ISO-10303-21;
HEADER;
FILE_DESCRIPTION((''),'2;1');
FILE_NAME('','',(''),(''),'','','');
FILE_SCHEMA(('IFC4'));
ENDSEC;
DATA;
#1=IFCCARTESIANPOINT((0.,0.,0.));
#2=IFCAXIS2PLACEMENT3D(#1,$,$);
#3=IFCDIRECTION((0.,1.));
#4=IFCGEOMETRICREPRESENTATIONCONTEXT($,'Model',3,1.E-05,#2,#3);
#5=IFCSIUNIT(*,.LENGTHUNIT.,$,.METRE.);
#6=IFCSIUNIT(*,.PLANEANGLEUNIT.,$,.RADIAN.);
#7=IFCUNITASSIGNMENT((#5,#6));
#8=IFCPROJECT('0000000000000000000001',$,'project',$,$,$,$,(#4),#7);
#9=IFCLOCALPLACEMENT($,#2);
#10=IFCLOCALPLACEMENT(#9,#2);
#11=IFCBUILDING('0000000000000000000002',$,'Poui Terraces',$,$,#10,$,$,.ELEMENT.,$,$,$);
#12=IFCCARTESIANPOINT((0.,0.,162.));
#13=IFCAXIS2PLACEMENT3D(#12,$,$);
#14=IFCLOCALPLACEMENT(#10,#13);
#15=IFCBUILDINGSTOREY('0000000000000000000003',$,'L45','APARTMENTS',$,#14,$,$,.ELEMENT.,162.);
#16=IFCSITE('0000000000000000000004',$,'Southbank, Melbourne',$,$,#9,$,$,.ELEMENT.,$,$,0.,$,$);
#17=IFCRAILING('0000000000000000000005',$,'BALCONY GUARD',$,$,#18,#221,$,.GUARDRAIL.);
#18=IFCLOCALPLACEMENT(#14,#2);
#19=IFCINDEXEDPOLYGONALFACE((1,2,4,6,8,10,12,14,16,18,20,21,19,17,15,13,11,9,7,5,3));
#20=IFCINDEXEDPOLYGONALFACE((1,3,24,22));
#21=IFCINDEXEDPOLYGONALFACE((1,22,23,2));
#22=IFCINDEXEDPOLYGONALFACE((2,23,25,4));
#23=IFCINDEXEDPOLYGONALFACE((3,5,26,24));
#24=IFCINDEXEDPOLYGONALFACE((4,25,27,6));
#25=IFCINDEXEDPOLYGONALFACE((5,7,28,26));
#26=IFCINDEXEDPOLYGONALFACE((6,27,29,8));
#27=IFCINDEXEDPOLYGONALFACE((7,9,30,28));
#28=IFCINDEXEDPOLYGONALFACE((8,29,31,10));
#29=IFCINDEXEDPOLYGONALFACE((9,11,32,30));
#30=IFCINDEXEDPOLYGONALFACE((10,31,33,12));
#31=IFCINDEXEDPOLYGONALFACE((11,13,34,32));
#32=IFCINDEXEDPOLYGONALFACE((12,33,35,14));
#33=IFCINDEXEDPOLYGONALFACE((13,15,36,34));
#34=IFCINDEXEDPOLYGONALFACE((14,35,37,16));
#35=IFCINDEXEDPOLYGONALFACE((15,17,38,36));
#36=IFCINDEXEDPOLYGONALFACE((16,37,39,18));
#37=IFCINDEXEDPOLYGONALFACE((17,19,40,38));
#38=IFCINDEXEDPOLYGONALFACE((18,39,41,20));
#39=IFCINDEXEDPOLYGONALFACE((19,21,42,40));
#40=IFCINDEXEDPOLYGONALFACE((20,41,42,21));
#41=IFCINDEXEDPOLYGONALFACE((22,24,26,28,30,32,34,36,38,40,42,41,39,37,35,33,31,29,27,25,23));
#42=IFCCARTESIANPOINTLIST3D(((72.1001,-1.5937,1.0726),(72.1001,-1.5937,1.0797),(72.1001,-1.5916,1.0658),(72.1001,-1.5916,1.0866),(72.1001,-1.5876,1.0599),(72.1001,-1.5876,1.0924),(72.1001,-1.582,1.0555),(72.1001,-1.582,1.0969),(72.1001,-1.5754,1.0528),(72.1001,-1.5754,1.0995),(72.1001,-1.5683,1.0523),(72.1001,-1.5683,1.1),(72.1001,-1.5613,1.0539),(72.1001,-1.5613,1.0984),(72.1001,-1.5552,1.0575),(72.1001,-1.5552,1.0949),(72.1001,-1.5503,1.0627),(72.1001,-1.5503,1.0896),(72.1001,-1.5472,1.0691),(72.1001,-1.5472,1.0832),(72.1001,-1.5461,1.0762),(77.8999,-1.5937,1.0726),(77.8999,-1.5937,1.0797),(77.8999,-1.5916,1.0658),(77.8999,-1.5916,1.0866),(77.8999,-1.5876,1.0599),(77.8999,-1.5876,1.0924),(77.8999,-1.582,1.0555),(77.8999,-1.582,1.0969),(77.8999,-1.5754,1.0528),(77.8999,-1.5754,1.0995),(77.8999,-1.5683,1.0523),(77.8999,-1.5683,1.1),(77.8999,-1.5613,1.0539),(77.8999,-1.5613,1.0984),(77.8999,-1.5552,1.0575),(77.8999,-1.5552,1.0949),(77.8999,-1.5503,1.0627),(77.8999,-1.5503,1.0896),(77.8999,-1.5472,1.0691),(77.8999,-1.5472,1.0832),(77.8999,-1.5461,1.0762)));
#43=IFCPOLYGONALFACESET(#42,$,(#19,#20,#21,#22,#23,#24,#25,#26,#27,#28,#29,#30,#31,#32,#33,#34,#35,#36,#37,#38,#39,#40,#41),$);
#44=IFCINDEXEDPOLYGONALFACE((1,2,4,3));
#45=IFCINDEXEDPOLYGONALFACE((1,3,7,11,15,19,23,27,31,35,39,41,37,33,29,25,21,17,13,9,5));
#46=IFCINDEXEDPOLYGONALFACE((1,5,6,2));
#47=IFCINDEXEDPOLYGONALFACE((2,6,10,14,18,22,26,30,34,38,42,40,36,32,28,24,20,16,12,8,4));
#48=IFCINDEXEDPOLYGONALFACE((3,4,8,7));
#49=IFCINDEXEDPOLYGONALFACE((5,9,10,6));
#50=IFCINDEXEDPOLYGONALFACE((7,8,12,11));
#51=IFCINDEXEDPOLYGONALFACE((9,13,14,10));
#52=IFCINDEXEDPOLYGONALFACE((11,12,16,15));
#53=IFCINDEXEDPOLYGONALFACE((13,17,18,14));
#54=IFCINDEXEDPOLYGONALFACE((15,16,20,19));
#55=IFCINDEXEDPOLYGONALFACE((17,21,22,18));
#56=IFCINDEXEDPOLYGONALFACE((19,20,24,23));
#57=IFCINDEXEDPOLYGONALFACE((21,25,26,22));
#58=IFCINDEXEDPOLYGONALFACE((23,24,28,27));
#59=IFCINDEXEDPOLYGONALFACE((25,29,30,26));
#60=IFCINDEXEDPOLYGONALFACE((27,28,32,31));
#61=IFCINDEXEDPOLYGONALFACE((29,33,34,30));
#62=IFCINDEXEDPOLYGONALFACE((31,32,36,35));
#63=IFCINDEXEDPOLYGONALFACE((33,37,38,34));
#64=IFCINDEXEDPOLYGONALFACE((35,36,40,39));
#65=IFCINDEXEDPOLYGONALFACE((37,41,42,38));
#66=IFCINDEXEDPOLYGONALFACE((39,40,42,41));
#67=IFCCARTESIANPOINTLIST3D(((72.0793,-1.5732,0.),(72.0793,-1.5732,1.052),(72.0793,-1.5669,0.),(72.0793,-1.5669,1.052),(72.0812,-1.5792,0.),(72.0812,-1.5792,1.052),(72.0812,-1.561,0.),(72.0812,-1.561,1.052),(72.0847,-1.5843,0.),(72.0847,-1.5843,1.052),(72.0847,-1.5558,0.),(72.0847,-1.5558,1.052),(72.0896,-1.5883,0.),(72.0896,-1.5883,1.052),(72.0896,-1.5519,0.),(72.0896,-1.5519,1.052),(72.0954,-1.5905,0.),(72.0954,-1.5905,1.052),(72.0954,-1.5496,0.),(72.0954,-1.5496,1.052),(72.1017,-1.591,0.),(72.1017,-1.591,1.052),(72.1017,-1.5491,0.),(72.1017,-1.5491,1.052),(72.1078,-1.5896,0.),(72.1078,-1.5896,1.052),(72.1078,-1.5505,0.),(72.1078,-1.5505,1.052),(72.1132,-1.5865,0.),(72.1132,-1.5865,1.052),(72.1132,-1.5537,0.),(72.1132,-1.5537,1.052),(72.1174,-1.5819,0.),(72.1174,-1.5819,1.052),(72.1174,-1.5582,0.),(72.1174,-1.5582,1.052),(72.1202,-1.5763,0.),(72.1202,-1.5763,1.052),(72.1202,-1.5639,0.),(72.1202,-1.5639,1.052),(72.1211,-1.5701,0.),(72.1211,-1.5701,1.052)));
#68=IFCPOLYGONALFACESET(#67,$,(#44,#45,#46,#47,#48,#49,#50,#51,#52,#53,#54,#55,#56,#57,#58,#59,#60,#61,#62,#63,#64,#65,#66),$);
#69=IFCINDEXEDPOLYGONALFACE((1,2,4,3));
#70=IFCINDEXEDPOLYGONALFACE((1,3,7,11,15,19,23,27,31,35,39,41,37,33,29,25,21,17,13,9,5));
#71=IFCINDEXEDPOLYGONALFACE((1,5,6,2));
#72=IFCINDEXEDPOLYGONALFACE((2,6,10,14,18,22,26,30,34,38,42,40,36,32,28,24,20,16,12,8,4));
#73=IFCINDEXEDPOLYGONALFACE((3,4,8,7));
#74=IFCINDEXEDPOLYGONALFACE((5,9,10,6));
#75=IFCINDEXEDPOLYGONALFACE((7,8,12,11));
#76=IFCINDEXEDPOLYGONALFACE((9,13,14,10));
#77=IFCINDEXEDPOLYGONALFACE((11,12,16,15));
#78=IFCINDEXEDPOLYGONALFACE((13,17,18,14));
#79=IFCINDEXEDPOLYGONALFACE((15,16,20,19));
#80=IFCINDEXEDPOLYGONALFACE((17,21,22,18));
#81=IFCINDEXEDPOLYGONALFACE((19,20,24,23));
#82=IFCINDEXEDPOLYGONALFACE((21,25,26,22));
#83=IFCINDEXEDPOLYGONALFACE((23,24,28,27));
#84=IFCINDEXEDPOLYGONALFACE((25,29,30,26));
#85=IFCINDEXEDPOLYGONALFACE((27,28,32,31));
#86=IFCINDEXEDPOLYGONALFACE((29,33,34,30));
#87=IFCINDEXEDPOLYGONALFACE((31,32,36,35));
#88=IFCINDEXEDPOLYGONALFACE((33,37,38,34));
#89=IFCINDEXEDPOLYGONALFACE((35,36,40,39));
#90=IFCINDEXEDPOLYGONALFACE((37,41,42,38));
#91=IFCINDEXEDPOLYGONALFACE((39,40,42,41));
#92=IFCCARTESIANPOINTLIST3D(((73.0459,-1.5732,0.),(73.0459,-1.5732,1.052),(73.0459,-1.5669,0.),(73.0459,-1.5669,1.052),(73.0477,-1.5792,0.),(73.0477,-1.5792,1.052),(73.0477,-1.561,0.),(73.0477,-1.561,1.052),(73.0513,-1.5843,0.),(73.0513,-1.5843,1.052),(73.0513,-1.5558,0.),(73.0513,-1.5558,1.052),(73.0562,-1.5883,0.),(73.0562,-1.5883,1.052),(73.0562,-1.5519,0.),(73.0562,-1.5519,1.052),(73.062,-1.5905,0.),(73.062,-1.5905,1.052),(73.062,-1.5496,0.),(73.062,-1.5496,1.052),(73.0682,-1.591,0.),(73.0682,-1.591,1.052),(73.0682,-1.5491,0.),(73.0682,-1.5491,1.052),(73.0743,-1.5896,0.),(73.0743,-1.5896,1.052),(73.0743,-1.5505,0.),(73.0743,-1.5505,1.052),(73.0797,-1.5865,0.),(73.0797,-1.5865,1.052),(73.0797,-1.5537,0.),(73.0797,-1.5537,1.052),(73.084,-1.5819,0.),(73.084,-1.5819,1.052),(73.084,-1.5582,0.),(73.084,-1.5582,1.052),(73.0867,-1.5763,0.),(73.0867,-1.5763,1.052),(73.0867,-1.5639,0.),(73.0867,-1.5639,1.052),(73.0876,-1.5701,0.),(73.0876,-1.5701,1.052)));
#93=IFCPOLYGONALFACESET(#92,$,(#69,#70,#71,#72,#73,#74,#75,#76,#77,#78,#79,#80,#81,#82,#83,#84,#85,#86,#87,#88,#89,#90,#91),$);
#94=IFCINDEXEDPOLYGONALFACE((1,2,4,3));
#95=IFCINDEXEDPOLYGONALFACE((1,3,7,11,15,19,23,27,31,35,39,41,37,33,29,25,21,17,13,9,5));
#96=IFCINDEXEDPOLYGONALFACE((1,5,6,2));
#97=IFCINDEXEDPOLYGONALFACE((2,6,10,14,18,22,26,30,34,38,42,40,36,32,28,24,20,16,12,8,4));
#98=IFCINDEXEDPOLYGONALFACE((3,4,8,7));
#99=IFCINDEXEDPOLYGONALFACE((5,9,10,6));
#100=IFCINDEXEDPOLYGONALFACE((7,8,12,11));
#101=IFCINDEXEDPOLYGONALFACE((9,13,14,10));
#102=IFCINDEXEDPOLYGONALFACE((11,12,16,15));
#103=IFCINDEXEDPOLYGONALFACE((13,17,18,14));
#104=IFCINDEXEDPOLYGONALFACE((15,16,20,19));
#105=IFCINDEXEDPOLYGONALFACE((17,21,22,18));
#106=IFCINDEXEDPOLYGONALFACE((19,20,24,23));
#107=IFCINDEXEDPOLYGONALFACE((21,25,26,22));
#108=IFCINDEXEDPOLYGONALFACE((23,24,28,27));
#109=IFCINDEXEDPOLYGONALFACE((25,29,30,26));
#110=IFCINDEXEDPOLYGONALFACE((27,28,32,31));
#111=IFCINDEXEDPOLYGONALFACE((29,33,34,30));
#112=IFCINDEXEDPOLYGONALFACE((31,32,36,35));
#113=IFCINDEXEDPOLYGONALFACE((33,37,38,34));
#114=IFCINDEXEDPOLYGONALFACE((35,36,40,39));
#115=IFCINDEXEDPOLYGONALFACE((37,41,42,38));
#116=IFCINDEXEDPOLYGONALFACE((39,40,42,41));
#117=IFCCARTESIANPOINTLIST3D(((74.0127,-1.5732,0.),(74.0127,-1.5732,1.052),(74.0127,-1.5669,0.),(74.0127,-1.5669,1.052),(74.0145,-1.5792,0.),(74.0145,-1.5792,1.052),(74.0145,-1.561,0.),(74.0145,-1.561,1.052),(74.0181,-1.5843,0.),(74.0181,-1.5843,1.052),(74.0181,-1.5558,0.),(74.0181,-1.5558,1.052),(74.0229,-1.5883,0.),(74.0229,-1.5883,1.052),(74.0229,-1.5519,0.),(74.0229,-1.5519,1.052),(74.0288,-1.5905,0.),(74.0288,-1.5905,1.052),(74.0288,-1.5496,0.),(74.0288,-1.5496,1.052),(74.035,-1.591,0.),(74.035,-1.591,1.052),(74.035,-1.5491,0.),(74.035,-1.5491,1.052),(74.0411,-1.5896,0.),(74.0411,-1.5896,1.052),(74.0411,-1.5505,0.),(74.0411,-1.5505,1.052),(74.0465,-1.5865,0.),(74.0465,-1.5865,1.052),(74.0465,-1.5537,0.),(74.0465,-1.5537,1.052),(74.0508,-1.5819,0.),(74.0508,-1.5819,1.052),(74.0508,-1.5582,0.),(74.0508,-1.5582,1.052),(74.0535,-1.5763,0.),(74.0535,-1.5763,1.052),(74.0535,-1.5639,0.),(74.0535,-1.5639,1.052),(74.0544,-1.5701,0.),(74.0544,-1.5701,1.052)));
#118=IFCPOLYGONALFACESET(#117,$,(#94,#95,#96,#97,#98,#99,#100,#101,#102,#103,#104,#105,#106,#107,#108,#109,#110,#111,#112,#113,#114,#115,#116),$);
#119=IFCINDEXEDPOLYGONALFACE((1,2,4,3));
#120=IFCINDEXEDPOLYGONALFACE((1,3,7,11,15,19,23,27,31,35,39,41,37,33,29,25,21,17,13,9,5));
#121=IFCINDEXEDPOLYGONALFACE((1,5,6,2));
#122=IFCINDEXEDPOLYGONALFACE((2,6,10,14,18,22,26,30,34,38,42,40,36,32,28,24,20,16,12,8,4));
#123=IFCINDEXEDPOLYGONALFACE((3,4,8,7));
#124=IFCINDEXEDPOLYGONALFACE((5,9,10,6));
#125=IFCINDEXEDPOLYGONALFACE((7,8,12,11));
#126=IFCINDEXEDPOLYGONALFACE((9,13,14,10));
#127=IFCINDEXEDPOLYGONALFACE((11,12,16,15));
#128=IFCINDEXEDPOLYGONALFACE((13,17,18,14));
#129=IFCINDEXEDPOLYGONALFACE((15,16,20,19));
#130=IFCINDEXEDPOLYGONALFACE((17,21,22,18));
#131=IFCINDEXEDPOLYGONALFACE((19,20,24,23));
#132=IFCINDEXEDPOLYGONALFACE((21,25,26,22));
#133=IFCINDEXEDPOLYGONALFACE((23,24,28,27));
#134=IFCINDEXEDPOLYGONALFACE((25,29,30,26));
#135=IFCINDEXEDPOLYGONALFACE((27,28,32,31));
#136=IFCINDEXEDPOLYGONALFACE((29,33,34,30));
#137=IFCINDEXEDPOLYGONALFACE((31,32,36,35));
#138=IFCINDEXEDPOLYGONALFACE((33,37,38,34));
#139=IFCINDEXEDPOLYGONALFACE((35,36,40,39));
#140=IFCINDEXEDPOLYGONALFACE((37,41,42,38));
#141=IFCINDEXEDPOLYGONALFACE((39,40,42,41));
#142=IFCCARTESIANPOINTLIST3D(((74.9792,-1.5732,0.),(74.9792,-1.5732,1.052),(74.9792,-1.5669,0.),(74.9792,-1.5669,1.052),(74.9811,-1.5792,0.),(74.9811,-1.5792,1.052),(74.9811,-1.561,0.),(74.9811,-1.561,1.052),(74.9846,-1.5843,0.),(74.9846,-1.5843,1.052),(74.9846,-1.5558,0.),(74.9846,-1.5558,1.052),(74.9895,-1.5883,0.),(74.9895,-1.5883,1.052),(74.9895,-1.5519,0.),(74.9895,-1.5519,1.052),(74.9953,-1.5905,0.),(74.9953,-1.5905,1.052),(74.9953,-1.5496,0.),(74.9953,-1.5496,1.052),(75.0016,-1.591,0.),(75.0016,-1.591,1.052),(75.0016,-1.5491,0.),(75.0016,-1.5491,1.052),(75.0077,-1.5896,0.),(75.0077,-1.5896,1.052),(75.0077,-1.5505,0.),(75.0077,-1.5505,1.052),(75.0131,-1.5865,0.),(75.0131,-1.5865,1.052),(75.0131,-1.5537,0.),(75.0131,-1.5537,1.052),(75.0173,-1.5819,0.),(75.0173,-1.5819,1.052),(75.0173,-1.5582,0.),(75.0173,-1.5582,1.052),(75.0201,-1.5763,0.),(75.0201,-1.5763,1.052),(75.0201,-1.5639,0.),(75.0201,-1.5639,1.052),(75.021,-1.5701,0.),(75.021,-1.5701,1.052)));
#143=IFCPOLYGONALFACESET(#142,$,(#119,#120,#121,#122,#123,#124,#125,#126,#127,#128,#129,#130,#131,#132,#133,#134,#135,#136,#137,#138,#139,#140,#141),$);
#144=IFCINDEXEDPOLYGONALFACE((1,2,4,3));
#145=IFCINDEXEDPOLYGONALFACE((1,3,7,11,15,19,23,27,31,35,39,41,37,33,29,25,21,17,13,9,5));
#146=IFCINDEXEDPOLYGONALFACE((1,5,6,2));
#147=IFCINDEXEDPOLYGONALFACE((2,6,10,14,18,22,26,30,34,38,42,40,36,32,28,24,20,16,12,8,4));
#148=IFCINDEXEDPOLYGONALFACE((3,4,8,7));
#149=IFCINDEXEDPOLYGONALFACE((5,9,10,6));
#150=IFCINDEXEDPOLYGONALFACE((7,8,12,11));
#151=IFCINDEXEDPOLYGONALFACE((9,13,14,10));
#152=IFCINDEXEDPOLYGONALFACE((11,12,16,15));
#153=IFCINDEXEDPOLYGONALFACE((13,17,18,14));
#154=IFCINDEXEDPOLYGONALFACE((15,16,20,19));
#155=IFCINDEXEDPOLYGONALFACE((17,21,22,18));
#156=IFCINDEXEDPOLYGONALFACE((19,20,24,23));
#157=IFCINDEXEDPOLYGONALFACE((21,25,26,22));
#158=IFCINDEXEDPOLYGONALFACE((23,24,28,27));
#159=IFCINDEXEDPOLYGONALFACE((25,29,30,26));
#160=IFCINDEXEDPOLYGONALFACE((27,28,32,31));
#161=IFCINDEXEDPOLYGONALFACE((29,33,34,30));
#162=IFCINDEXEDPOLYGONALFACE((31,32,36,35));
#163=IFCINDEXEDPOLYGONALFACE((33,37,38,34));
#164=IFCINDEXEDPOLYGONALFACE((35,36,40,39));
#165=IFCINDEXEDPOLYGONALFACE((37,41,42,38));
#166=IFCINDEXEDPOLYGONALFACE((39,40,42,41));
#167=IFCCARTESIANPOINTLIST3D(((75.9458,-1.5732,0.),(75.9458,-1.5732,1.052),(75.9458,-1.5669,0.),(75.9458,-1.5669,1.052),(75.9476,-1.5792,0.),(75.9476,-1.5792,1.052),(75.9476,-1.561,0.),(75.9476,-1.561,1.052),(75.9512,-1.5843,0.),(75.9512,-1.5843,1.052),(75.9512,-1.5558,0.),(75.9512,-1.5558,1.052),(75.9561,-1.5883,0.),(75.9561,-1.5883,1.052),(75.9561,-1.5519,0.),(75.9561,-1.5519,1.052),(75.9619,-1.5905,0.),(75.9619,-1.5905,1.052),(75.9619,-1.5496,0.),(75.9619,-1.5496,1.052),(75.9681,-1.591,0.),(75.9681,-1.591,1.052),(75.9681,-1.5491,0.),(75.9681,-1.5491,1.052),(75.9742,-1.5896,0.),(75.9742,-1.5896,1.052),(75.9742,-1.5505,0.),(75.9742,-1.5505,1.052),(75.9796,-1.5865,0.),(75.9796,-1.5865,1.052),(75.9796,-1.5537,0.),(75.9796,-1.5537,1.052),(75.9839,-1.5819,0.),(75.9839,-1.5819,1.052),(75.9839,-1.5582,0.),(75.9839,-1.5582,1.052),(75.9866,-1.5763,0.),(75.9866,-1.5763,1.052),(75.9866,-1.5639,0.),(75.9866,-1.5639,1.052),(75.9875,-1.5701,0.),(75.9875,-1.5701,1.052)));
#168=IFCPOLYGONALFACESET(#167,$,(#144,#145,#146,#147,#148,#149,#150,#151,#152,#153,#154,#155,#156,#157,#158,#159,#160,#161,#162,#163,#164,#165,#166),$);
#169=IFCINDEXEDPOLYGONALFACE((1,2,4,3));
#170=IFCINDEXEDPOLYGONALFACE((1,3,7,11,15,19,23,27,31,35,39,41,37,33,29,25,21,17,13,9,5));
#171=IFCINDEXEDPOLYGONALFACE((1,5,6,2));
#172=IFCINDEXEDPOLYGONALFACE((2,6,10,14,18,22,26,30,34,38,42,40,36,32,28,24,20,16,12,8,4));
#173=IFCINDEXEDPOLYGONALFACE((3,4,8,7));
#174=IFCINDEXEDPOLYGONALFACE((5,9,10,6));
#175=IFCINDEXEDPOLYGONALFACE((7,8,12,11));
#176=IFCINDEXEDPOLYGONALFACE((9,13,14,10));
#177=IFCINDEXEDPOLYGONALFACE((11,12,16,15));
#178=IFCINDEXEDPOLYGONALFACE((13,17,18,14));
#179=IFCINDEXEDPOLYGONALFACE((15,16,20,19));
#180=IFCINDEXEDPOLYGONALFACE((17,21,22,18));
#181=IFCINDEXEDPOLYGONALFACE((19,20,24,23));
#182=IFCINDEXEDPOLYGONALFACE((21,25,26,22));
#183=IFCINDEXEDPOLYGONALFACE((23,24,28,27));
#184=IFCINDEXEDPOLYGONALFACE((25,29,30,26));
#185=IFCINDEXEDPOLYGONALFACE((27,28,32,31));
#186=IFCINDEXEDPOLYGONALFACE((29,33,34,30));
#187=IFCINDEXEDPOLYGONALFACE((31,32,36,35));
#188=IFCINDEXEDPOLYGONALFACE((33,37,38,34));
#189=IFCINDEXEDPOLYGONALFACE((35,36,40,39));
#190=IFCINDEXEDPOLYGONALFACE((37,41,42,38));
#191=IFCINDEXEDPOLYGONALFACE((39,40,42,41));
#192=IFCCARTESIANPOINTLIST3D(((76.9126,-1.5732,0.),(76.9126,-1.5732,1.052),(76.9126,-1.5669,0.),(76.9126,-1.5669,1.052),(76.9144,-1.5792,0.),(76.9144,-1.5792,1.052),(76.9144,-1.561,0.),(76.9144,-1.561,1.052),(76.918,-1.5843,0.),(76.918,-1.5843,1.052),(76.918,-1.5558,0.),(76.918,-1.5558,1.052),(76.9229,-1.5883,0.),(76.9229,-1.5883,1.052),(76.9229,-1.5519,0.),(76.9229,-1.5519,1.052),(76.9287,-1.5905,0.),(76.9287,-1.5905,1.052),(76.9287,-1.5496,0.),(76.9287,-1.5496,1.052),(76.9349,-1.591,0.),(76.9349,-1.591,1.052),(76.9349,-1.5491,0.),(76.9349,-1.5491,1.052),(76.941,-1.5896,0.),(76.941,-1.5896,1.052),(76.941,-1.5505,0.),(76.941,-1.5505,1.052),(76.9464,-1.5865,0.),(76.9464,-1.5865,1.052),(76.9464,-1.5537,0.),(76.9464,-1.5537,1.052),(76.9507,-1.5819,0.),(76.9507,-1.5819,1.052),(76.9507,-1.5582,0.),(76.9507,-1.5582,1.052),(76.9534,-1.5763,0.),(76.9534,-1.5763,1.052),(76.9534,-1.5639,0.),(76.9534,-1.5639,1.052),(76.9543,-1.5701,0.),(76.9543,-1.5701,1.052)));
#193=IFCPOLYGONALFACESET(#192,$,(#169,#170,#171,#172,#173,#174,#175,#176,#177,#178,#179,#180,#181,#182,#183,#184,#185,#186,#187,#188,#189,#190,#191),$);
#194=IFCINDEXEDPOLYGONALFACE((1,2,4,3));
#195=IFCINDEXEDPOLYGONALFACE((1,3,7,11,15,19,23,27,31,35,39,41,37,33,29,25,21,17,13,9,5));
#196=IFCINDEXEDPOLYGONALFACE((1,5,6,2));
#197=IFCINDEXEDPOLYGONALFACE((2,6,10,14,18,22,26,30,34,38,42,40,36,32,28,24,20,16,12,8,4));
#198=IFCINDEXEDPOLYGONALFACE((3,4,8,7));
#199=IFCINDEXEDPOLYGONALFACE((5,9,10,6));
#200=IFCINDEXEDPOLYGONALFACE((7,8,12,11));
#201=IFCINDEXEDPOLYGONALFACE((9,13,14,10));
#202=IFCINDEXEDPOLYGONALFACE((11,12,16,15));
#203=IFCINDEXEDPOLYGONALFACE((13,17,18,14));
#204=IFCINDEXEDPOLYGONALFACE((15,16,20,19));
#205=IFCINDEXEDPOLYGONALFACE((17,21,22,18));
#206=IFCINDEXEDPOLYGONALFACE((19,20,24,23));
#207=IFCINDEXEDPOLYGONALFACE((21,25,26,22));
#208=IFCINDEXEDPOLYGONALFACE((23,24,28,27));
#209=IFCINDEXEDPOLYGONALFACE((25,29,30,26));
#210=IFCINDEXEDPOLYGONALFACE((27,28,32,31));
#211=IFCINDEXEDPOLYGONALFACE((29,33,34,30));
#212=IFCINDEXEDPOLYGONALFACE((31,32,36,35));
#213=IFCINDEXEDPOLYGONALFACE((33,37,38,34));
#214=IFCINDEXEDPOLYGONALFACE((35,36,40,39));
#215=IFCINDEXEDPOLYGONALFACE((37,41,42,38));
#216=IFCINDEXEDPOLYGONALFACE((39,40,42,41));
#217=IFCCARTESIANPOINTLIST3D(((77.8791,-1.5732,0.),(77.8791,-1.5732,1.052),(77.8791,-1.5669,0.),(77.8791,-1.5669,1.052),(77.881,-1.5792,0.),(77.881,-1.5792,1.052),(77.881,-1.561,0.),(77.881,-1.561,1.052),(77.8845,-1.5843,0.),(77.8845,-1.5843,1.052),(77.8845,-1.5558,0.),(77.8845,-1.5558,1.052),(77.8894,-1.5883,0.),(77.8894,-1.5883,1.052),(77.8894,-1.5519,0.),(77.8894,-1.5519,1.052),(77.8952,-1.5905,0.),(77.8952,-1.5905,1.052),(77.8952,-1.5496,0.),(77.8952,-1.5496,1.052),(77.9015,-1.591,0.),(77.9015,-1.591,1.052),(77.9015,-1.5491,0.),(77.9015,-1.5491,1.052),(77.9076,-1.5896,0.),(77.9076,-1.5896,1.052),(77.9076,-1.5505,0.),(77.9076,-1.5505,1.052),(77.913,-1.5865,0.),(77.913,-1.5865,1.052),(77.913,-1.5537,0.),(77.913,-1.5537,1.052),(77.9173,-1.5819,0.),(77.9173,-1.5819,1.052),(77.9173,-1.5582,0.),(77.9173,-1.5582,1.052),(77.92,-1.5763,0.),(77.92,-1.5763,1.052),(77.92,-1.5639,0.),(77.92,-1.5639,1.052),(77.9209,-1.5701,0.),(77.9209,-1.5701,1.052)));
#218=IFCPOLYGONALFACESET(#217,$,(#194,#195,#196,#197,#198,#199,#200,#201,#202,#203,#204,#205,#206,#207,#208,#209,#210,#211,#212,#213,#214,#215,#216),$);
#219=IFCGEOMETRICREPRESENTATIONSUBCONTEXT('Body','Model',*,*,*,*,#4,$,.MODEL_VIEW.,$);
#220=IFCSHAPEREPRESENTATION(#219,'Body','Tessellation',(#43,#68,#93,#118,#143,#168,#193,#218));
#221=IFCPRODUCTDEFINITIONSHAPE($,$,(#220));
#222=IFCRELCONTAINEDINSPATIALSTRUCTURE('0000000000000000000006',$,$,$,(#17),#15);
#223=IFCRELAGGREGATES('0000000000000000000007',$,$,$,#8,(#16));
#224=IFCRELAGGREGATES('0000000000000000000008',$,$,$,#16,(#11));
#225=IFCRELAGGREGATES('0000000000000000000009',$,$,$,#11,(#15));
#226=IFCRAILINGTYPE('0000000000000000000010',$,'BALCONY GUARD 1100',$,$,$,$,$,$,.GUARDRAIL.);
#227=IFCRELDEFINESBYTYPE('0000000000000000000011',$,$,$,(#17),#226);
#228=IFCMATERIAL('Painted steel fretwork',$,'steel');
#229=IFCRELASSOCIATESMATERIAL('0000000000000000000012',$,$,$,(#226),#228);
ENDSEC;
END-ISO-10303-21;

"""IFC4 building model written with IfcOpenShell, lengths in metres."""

from ifc_helpers import new_model, si_unit, direction, frame, origin, origin_2d, place, context, subcontext, project, spatial, circle, extrude, material, type_object, element, save


model = new_model("IFC4")

# Units and contexts
model_context = context("Model", 3, precision=1e-05, world=origin(), true_north=direction((0.0, 1.0)))
body_context = subcontext(model_context, "Body", "Model", "MODEL_VIEW")
ifc_project = project(units=[si_unit("LENGTHUNIT", "METRE"), si_unit("PLANEANGLEUNIT", "RADIAN")], contexts=[model_context])

# Site, building, storey
site_placement = place(None, origin())
site = spatial("IfcSite", under=ifc_project, at=site_placement, Name="Southbank, Melbourne", CompositionType="ELEMENT", RefElevation=0.0)
building_placement = place(site_placement, origin())
building = spatial("IfcBuilding", under=site, at=building_placement, Name="Poui Terraces", CompositionType="ELEMENT")
storey_placement = place(building_placement, frame((0.0, 0.0, 162.0)))
storey = spatial("IfcBuildingStorey", under=building, at=storey_placement, Name="L45", Description="APARTMENTS", CompositionType="ELEMENT", Elevation=162.0)

# Railing
ifc_material_1 = material(Name="Painted steel fretwork", Category="steel")
railing_type = type_object("IfcRailingType", Name="BALCONY GUARD 1100", PredefinedType="GUARDRAIL", material=ifc_material_1)
railing_placement = place(storey_placement, frame((72.1001, -1.5701, 0.0)))
element("IfcRailing", 1, at=railing_placement, inside=storey, type_object=railing_type, Name="BALCONY GUARD", PredefinedType="GUARDRAIL", context=body_context, shape_type="SweptSolid", body=[
    extrude(circle(Radius=0.0239, at=origin_2d()), frame((0.0, 0.0, 1.0762), z_axis=(1.0, 0.0, 0.0), x_axis=(0.0, 1.0, 0.0)), (0.0, 0.0, 1.0), 5.7998),
    extrude(circle(Radius=0.021, at=origin_2d()), origin(), (0.0, 0.0, 1.0), 1.052),
    extrude(circle(Radius=0.021, at=origin_2d()), frame((0.9666, 0.0, 0.0)), (0.0, 0.0, 1.0), 1.052),
    extrude(circle(Radius=0.021, at=origin_2d()), frame((1.9333, 0.0, 0.0)), (0.0, 0.0, 1.0), 1.052),
    extrude(circle(Radius=0.021, at=origin_2d()), frame((2.8999, 0.0, 0.0)), (0.0, 0.0, 1.0), 1.052),
    extrude(circle(Radius=0.021, at=origin_2d()), frame((3.8665, 0.0, 0.0)), (0.0, 0.0, 1.0), 1.052),
    extrude(circle(Radius=0.021, at=origin_2d()), frame((4.8333, 0.0, 0.0)), (0.0, 0.0, 1.0), 1.052),
    extrude(circle(Radius=0.021, at=origin_2d()), frame((5.7998, 0.0, 0.0)), (0.0, 0.0, 1.0), 1.052),
])

save(model, "model.ifc")
